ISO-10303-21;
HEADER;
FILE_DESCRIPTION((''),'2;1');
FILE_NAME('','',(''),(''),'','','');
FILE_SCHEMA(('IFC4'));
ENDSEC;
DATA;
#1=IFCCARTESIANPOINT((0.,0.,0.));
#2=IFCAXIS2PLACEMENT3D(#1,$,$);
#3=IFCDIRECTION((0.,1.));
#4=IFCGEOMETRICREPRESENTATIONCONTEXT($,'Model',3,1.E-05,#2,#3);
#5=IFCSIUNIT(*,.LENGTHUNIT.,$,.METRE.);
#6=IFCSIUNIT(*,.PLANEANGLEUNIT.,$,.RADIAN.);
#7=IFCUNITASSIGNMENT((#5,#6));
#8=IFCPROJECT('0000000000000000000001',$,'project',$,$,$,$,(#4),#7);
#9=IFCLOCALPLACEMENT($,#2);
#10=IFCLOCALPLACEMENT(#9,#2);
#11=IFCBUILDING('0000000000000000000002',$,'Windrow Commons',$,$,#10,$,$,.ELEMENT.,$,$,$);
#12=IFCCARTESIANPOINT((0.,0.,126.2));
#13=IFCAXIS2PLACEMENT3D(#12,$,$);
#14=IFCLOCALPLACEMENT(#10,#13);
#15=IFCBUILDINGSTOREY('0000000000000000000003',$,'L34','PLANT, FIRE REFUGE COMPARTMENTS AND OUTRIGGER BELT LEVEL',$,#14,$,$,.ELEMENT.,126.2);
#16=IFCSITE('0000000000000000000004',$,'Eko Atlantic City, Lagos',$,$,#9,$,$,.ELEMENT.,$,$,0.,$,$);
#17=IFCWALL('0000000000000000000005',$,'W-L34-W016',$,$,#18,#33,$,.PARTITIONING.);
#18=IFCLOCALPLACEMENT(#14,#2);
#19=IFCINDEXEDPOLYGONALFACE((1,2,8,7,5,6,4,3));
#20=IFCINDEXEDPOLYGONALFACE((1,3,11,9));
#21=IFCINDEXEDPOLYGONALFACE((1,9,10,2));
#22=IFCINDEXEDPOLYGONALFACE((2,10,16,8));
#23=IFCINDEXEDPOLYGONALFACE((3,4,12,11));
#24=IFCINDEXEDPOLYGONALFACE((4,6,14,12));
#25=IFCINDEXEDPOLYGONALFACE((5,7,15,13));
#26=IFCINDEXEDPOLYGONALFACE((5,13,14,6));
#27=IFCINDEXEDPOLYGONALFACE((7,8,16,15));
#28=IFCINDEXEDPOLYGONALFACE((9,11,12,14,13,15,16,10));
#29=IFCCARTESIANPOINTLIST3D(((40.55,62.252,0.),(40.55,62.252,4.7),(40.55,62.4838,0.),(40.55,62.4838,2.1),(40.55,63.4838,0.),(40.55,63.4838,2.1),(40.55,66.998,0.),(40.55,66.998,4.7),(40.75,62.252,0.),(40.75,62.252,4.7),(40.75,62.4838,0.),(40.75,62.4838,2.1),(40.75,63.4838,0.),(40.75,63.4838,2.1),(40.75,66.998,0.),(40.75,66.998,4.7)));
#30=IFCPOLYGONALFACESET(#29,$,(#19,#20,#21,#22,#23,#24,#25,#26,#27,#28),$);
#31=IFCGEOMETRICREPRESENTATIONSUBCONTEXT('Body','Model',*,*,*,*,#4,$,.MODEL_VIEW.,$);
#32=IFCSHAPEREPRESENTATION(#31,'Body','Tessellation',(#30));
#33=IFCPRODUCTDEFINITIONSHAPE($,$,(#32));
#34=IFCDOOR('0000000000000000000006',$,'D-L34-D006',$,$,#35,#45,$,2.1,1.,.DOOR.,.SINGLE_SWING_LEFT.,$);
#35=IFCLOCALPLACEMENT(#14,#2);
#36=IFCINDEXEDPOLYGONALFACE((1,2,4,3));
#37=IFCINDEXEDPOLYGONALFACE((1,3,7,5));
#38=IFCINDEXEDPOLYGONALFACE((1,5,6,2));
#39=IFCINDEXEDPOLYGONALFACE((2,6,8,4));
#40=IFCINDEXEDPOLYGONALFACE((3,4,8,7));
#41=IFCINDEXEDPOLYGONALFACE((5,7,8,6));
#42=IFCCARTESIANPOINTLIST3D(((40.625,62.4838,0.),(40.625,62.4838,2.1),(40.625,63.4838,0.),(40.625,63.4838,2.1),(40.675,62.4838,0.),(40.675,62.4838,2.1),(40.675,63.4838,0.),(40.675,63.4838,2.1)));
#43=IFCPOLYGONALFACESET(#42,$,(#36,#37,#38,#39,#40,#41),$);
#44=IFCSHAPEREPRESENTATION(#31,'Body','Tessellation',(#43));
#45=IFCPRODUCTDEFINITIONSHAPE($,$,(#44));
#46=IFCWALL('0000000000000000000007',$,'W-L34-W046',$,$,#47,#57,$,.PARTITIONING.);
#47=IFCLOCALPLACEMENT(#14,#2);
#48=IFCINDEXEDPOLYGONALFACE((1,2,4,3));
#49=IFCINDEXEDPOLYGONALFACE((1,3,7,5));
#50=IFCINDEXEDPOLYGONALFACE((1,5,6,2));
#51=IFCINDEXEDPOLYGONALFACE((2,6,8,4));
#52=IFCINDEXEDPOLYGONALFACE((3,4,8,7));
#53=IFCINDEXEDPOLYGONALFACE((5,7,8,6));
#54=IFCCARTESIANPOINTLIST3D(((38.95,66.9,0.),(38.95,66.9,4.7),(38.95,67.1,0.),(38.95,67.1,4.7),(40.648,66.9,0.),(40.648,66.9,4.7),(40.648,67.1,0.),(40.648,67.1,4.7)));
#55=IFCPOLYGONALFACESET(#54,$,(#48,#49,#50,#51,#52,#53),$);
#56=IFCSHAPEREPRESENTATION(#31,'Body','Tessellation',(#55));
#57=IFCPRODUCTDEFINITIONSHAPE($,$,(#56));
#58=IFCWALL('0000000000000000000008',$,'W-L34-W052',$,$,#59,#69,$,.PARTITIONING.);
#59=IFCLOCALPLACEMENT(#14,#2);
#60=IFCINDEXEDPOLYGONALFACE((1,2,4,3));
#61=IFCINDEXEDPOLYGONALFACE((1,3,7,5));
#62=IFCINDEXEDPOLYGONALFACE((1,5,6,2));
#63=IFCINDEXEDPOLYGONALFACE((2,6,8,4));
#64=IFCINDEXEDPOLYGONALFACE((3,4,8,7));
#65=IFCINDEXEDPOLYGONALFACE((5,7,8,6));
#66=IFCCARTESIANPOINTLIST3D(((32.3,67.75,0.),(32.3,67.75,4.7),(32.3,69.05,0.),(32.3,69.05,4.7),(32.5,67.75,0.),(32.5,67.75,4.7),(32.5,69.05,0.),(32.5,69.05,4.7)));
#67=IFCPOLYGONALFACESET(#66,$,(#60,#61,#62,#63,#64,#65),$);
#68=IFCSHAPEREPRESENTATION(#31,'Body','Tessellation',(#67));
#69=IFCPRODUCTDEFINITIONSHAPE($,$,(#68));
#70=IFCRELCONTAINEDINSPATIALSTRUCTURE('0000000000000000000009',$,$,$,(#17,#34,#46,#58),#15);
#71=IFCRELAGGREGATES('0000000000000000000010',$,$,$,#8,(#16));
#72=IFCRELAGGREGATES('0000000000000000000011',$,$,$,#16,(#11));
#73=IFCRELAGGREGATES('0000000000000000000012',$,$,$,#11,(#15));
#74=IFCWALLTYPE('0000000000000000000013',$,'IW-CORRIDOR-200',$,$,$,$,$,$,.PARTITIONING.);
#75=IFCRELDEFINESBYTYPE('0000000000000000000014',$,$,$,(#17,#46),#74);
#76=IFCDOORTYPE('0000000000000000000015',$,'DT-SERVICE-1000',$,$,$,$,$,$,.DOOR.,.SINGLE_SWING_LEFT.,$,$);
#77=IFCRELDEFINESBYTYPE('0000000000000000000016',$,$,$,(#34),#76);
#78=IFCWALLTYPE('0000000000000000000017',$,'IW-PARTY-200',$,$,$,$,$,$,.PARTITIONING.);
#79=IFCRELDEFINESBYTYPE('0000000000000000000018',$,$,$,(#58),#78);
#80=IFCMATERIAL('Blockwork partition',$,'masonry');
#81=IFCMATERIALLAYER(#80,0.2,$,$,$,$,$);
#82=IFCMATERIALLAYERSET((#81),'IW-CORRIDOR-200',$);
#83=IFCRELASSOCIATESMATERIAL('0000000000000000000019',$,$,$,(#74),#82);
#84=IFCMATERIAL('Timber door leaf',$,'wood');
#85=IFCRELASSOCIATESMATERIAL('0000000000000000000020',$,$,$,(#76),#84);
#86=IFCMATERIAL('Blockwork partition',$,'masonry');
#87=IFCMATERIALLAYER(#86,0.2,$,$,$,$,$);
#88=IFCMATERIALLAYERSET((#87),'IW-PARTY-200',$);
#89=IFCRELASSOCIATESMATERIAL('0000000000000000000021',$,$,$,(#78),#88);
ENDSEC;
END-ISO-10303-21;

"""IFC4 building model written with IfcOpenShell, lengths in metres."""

from ifc_helpers import new_model, si_unit, direction, frame, frame_2d, origin, place, context, subcontext, project, spatial, rectangle, extrude, material, layer, layer_set, type_object, element, fill, save


model = new_model("IFC4")

# Units and contexts
model_context = context("Model", 3, precision=1e-05, world=origin(), true_north=direction((0.0, 1.0)))
body_context = subcontext(model_context, "Body", "Model", "MODEL_VIEW")
ifc_project = project(units=[si_unit("LENGTHUNIT", "METRE"), si_unit("PLANEANGLEUNIT", "RADIAN")], contexts=[model_context])

# Site, building, storey
site_placement = place(None, origin())
site = spatial("IfcSite", under=ifc_project, at=site_placement, Name="Eko Atlantic City, Lagos", CompositionType="ELEMENT", RefElevation=0.0)
building_placement = place(site_placement, origin())
building = spatial("IfcBuilding", under=site, at=building_placement, Name="Windrow Commons", CompositionType="ELEMENT")
storey_placement = place(building_placement, frame((0.0, 0.0, 126.2)))
storey = spatial("IfcBuildingStorey", under=building, at=storey_placement, Name="L34", Description="PLANT, FIRE REFUGE COMPARTMENTS AND OUTRIGGER BELT LEVEL", CompositionType="ELEMENT", Elevation=126.2)

# Shared definitions
ifc_material_1 = material(Name="Blockwork partition", Category="masonry")
ifc_layer_1 = layer(ifc_material_1, 0.2)
ifc_layer_set_1 = layer_set([ifc_layer_1], Name="IW-CORRIDOR-200")
wall_type_1 = type_object("IfcWallType", Name="IW-CORRIDOR-200", PredefinedType="PARTITIONING", material=ifc_layer_set_1)
ifc_material_2 = material(Name="Timber door leaf", Category="wood")
door_type = type_object("IfcDoorType", Name="DT-SERVICE-1000", OperationType="SINGLE_SWING_LEFT", PredefinedType="DOOR", material=ifc_material_2)

# Wall, opening, door
wall_1_placement = place(storey_placement, frame((40.65, 62.252, 0.0), z_axis=(0.0, 0.0, 1.0), x_axis=(0.0, 1.0, 0.0)))
wall_1 = element("IfcWall", 1, at=wall_1_placement, inside=storey, type_object=wall_type_1, Name="W-L34-W016", PredefinedType="PARTITIONING", context=body_context, shape_type="SweptSolid", body=[
    extrude(rectangle(XDim=4.746, YDim=0.2, at=frame_2d((2.373, 0.0))), origin(), (0.0, 0.0, 1.0), 4.7),
])
opening_1_placement = place(wall_1_placement, frame((0.2318, 0.0, 0.0)))
opening_1 = element("IfcOpeningElement", 2, at=opening_1_placement, cuts=wall_1, PredefinedType="OPENING", context=body_context, shape_type="SweptSolid", body=[
    extrude(rectangle(XDim=1.0, YDim=2.1, at=frame_2d((0.5, 1.05))), frame((0.0, 0.11, 0.0), z_axis=(0.0, -1.0, 0.0), x_axis=(1.0, 0.0, 0.0)), (0.0, 0.0, 1.0), 0.22),
])
door_1_placement = place(opening_1_placement, origin())
door_1 = element("IfcDoor", 3, at=door_1_placement, inside=storey, type_object=door_type, Name="D-L34-D006", OperationType="SINGLE_SWING_LEFT", OverallHeight=2.1, OverallWidth=1.0, PredefinedType="DOOR", context=body_context, shape_type="SweptSolid", body=[
    extrude(rectangle(XDim=1.0, YDim=2.1, at=frame_2d((0.5, 1.05))), frame((0.0, 0.025, 0.0), z_axis=(0.0, -1.0, 0.0), x_axis=(1.0, 0.0, 0.0)), (0.0, 0.0, 1.0), 0.05),
])
fill(opening_1, door_1)

# Walls
wall_2_placement = place(storey_placement, frame((38.95, 67.0, 0.0), z_axis=(0.0, 0.0, 1.0), x_axis=(1.0, 0.0, 0.0)))
element("IfcWall", 4, at=wall_2_placement, inside=storey, type_object=wall_type_1, Name="W-L34-W046", PredefinedType="PARTITIONING", context=body_context, shape_type="SweptSolid", body=[
    extrude(rectangle(XDim=1.698, YDim=0.2, at=frame_2d((0.849, 0.0))), origin(), (0.0, 0.0, 1.0), 4.7),
])
ifc_material_3 = material(Name="Blockwork partition", Category="masonry")
ifc_layer_2 = layer(ifc_material_3, 0.2)
ifc_layer_set_2 = layer_set([ifc_layer_2], Name="IW-PARTY-200")
wall_type_2 = type_object("IfcWallType", Name="IW-PARTY-200", PredefinedType="PARTITIONING", material=ifc_layer_set_2)
wall_3_placement = place(storey_placement, frame((32.4, 67.75, 0.0), z_axis=(0.0, 0.0, 1.0), x_axis=(0.0, 1.0, 0.0)))
element("IfcWall", 5, at=wall_3_placement, inside=storey, type_object=wall_type_2, Name="W-L34-W052", PredefinedType="PARTITIONING", context=body_context, shape_type="SweptSolid", body=[
    extrude(rectangle(XDim=1.3, YDim=0.2, at=frame_2d((0.65, 0.0))), origin(), (0.0, 0.0, 1.0), 4.7),
])

save(model, "model.ifc")
